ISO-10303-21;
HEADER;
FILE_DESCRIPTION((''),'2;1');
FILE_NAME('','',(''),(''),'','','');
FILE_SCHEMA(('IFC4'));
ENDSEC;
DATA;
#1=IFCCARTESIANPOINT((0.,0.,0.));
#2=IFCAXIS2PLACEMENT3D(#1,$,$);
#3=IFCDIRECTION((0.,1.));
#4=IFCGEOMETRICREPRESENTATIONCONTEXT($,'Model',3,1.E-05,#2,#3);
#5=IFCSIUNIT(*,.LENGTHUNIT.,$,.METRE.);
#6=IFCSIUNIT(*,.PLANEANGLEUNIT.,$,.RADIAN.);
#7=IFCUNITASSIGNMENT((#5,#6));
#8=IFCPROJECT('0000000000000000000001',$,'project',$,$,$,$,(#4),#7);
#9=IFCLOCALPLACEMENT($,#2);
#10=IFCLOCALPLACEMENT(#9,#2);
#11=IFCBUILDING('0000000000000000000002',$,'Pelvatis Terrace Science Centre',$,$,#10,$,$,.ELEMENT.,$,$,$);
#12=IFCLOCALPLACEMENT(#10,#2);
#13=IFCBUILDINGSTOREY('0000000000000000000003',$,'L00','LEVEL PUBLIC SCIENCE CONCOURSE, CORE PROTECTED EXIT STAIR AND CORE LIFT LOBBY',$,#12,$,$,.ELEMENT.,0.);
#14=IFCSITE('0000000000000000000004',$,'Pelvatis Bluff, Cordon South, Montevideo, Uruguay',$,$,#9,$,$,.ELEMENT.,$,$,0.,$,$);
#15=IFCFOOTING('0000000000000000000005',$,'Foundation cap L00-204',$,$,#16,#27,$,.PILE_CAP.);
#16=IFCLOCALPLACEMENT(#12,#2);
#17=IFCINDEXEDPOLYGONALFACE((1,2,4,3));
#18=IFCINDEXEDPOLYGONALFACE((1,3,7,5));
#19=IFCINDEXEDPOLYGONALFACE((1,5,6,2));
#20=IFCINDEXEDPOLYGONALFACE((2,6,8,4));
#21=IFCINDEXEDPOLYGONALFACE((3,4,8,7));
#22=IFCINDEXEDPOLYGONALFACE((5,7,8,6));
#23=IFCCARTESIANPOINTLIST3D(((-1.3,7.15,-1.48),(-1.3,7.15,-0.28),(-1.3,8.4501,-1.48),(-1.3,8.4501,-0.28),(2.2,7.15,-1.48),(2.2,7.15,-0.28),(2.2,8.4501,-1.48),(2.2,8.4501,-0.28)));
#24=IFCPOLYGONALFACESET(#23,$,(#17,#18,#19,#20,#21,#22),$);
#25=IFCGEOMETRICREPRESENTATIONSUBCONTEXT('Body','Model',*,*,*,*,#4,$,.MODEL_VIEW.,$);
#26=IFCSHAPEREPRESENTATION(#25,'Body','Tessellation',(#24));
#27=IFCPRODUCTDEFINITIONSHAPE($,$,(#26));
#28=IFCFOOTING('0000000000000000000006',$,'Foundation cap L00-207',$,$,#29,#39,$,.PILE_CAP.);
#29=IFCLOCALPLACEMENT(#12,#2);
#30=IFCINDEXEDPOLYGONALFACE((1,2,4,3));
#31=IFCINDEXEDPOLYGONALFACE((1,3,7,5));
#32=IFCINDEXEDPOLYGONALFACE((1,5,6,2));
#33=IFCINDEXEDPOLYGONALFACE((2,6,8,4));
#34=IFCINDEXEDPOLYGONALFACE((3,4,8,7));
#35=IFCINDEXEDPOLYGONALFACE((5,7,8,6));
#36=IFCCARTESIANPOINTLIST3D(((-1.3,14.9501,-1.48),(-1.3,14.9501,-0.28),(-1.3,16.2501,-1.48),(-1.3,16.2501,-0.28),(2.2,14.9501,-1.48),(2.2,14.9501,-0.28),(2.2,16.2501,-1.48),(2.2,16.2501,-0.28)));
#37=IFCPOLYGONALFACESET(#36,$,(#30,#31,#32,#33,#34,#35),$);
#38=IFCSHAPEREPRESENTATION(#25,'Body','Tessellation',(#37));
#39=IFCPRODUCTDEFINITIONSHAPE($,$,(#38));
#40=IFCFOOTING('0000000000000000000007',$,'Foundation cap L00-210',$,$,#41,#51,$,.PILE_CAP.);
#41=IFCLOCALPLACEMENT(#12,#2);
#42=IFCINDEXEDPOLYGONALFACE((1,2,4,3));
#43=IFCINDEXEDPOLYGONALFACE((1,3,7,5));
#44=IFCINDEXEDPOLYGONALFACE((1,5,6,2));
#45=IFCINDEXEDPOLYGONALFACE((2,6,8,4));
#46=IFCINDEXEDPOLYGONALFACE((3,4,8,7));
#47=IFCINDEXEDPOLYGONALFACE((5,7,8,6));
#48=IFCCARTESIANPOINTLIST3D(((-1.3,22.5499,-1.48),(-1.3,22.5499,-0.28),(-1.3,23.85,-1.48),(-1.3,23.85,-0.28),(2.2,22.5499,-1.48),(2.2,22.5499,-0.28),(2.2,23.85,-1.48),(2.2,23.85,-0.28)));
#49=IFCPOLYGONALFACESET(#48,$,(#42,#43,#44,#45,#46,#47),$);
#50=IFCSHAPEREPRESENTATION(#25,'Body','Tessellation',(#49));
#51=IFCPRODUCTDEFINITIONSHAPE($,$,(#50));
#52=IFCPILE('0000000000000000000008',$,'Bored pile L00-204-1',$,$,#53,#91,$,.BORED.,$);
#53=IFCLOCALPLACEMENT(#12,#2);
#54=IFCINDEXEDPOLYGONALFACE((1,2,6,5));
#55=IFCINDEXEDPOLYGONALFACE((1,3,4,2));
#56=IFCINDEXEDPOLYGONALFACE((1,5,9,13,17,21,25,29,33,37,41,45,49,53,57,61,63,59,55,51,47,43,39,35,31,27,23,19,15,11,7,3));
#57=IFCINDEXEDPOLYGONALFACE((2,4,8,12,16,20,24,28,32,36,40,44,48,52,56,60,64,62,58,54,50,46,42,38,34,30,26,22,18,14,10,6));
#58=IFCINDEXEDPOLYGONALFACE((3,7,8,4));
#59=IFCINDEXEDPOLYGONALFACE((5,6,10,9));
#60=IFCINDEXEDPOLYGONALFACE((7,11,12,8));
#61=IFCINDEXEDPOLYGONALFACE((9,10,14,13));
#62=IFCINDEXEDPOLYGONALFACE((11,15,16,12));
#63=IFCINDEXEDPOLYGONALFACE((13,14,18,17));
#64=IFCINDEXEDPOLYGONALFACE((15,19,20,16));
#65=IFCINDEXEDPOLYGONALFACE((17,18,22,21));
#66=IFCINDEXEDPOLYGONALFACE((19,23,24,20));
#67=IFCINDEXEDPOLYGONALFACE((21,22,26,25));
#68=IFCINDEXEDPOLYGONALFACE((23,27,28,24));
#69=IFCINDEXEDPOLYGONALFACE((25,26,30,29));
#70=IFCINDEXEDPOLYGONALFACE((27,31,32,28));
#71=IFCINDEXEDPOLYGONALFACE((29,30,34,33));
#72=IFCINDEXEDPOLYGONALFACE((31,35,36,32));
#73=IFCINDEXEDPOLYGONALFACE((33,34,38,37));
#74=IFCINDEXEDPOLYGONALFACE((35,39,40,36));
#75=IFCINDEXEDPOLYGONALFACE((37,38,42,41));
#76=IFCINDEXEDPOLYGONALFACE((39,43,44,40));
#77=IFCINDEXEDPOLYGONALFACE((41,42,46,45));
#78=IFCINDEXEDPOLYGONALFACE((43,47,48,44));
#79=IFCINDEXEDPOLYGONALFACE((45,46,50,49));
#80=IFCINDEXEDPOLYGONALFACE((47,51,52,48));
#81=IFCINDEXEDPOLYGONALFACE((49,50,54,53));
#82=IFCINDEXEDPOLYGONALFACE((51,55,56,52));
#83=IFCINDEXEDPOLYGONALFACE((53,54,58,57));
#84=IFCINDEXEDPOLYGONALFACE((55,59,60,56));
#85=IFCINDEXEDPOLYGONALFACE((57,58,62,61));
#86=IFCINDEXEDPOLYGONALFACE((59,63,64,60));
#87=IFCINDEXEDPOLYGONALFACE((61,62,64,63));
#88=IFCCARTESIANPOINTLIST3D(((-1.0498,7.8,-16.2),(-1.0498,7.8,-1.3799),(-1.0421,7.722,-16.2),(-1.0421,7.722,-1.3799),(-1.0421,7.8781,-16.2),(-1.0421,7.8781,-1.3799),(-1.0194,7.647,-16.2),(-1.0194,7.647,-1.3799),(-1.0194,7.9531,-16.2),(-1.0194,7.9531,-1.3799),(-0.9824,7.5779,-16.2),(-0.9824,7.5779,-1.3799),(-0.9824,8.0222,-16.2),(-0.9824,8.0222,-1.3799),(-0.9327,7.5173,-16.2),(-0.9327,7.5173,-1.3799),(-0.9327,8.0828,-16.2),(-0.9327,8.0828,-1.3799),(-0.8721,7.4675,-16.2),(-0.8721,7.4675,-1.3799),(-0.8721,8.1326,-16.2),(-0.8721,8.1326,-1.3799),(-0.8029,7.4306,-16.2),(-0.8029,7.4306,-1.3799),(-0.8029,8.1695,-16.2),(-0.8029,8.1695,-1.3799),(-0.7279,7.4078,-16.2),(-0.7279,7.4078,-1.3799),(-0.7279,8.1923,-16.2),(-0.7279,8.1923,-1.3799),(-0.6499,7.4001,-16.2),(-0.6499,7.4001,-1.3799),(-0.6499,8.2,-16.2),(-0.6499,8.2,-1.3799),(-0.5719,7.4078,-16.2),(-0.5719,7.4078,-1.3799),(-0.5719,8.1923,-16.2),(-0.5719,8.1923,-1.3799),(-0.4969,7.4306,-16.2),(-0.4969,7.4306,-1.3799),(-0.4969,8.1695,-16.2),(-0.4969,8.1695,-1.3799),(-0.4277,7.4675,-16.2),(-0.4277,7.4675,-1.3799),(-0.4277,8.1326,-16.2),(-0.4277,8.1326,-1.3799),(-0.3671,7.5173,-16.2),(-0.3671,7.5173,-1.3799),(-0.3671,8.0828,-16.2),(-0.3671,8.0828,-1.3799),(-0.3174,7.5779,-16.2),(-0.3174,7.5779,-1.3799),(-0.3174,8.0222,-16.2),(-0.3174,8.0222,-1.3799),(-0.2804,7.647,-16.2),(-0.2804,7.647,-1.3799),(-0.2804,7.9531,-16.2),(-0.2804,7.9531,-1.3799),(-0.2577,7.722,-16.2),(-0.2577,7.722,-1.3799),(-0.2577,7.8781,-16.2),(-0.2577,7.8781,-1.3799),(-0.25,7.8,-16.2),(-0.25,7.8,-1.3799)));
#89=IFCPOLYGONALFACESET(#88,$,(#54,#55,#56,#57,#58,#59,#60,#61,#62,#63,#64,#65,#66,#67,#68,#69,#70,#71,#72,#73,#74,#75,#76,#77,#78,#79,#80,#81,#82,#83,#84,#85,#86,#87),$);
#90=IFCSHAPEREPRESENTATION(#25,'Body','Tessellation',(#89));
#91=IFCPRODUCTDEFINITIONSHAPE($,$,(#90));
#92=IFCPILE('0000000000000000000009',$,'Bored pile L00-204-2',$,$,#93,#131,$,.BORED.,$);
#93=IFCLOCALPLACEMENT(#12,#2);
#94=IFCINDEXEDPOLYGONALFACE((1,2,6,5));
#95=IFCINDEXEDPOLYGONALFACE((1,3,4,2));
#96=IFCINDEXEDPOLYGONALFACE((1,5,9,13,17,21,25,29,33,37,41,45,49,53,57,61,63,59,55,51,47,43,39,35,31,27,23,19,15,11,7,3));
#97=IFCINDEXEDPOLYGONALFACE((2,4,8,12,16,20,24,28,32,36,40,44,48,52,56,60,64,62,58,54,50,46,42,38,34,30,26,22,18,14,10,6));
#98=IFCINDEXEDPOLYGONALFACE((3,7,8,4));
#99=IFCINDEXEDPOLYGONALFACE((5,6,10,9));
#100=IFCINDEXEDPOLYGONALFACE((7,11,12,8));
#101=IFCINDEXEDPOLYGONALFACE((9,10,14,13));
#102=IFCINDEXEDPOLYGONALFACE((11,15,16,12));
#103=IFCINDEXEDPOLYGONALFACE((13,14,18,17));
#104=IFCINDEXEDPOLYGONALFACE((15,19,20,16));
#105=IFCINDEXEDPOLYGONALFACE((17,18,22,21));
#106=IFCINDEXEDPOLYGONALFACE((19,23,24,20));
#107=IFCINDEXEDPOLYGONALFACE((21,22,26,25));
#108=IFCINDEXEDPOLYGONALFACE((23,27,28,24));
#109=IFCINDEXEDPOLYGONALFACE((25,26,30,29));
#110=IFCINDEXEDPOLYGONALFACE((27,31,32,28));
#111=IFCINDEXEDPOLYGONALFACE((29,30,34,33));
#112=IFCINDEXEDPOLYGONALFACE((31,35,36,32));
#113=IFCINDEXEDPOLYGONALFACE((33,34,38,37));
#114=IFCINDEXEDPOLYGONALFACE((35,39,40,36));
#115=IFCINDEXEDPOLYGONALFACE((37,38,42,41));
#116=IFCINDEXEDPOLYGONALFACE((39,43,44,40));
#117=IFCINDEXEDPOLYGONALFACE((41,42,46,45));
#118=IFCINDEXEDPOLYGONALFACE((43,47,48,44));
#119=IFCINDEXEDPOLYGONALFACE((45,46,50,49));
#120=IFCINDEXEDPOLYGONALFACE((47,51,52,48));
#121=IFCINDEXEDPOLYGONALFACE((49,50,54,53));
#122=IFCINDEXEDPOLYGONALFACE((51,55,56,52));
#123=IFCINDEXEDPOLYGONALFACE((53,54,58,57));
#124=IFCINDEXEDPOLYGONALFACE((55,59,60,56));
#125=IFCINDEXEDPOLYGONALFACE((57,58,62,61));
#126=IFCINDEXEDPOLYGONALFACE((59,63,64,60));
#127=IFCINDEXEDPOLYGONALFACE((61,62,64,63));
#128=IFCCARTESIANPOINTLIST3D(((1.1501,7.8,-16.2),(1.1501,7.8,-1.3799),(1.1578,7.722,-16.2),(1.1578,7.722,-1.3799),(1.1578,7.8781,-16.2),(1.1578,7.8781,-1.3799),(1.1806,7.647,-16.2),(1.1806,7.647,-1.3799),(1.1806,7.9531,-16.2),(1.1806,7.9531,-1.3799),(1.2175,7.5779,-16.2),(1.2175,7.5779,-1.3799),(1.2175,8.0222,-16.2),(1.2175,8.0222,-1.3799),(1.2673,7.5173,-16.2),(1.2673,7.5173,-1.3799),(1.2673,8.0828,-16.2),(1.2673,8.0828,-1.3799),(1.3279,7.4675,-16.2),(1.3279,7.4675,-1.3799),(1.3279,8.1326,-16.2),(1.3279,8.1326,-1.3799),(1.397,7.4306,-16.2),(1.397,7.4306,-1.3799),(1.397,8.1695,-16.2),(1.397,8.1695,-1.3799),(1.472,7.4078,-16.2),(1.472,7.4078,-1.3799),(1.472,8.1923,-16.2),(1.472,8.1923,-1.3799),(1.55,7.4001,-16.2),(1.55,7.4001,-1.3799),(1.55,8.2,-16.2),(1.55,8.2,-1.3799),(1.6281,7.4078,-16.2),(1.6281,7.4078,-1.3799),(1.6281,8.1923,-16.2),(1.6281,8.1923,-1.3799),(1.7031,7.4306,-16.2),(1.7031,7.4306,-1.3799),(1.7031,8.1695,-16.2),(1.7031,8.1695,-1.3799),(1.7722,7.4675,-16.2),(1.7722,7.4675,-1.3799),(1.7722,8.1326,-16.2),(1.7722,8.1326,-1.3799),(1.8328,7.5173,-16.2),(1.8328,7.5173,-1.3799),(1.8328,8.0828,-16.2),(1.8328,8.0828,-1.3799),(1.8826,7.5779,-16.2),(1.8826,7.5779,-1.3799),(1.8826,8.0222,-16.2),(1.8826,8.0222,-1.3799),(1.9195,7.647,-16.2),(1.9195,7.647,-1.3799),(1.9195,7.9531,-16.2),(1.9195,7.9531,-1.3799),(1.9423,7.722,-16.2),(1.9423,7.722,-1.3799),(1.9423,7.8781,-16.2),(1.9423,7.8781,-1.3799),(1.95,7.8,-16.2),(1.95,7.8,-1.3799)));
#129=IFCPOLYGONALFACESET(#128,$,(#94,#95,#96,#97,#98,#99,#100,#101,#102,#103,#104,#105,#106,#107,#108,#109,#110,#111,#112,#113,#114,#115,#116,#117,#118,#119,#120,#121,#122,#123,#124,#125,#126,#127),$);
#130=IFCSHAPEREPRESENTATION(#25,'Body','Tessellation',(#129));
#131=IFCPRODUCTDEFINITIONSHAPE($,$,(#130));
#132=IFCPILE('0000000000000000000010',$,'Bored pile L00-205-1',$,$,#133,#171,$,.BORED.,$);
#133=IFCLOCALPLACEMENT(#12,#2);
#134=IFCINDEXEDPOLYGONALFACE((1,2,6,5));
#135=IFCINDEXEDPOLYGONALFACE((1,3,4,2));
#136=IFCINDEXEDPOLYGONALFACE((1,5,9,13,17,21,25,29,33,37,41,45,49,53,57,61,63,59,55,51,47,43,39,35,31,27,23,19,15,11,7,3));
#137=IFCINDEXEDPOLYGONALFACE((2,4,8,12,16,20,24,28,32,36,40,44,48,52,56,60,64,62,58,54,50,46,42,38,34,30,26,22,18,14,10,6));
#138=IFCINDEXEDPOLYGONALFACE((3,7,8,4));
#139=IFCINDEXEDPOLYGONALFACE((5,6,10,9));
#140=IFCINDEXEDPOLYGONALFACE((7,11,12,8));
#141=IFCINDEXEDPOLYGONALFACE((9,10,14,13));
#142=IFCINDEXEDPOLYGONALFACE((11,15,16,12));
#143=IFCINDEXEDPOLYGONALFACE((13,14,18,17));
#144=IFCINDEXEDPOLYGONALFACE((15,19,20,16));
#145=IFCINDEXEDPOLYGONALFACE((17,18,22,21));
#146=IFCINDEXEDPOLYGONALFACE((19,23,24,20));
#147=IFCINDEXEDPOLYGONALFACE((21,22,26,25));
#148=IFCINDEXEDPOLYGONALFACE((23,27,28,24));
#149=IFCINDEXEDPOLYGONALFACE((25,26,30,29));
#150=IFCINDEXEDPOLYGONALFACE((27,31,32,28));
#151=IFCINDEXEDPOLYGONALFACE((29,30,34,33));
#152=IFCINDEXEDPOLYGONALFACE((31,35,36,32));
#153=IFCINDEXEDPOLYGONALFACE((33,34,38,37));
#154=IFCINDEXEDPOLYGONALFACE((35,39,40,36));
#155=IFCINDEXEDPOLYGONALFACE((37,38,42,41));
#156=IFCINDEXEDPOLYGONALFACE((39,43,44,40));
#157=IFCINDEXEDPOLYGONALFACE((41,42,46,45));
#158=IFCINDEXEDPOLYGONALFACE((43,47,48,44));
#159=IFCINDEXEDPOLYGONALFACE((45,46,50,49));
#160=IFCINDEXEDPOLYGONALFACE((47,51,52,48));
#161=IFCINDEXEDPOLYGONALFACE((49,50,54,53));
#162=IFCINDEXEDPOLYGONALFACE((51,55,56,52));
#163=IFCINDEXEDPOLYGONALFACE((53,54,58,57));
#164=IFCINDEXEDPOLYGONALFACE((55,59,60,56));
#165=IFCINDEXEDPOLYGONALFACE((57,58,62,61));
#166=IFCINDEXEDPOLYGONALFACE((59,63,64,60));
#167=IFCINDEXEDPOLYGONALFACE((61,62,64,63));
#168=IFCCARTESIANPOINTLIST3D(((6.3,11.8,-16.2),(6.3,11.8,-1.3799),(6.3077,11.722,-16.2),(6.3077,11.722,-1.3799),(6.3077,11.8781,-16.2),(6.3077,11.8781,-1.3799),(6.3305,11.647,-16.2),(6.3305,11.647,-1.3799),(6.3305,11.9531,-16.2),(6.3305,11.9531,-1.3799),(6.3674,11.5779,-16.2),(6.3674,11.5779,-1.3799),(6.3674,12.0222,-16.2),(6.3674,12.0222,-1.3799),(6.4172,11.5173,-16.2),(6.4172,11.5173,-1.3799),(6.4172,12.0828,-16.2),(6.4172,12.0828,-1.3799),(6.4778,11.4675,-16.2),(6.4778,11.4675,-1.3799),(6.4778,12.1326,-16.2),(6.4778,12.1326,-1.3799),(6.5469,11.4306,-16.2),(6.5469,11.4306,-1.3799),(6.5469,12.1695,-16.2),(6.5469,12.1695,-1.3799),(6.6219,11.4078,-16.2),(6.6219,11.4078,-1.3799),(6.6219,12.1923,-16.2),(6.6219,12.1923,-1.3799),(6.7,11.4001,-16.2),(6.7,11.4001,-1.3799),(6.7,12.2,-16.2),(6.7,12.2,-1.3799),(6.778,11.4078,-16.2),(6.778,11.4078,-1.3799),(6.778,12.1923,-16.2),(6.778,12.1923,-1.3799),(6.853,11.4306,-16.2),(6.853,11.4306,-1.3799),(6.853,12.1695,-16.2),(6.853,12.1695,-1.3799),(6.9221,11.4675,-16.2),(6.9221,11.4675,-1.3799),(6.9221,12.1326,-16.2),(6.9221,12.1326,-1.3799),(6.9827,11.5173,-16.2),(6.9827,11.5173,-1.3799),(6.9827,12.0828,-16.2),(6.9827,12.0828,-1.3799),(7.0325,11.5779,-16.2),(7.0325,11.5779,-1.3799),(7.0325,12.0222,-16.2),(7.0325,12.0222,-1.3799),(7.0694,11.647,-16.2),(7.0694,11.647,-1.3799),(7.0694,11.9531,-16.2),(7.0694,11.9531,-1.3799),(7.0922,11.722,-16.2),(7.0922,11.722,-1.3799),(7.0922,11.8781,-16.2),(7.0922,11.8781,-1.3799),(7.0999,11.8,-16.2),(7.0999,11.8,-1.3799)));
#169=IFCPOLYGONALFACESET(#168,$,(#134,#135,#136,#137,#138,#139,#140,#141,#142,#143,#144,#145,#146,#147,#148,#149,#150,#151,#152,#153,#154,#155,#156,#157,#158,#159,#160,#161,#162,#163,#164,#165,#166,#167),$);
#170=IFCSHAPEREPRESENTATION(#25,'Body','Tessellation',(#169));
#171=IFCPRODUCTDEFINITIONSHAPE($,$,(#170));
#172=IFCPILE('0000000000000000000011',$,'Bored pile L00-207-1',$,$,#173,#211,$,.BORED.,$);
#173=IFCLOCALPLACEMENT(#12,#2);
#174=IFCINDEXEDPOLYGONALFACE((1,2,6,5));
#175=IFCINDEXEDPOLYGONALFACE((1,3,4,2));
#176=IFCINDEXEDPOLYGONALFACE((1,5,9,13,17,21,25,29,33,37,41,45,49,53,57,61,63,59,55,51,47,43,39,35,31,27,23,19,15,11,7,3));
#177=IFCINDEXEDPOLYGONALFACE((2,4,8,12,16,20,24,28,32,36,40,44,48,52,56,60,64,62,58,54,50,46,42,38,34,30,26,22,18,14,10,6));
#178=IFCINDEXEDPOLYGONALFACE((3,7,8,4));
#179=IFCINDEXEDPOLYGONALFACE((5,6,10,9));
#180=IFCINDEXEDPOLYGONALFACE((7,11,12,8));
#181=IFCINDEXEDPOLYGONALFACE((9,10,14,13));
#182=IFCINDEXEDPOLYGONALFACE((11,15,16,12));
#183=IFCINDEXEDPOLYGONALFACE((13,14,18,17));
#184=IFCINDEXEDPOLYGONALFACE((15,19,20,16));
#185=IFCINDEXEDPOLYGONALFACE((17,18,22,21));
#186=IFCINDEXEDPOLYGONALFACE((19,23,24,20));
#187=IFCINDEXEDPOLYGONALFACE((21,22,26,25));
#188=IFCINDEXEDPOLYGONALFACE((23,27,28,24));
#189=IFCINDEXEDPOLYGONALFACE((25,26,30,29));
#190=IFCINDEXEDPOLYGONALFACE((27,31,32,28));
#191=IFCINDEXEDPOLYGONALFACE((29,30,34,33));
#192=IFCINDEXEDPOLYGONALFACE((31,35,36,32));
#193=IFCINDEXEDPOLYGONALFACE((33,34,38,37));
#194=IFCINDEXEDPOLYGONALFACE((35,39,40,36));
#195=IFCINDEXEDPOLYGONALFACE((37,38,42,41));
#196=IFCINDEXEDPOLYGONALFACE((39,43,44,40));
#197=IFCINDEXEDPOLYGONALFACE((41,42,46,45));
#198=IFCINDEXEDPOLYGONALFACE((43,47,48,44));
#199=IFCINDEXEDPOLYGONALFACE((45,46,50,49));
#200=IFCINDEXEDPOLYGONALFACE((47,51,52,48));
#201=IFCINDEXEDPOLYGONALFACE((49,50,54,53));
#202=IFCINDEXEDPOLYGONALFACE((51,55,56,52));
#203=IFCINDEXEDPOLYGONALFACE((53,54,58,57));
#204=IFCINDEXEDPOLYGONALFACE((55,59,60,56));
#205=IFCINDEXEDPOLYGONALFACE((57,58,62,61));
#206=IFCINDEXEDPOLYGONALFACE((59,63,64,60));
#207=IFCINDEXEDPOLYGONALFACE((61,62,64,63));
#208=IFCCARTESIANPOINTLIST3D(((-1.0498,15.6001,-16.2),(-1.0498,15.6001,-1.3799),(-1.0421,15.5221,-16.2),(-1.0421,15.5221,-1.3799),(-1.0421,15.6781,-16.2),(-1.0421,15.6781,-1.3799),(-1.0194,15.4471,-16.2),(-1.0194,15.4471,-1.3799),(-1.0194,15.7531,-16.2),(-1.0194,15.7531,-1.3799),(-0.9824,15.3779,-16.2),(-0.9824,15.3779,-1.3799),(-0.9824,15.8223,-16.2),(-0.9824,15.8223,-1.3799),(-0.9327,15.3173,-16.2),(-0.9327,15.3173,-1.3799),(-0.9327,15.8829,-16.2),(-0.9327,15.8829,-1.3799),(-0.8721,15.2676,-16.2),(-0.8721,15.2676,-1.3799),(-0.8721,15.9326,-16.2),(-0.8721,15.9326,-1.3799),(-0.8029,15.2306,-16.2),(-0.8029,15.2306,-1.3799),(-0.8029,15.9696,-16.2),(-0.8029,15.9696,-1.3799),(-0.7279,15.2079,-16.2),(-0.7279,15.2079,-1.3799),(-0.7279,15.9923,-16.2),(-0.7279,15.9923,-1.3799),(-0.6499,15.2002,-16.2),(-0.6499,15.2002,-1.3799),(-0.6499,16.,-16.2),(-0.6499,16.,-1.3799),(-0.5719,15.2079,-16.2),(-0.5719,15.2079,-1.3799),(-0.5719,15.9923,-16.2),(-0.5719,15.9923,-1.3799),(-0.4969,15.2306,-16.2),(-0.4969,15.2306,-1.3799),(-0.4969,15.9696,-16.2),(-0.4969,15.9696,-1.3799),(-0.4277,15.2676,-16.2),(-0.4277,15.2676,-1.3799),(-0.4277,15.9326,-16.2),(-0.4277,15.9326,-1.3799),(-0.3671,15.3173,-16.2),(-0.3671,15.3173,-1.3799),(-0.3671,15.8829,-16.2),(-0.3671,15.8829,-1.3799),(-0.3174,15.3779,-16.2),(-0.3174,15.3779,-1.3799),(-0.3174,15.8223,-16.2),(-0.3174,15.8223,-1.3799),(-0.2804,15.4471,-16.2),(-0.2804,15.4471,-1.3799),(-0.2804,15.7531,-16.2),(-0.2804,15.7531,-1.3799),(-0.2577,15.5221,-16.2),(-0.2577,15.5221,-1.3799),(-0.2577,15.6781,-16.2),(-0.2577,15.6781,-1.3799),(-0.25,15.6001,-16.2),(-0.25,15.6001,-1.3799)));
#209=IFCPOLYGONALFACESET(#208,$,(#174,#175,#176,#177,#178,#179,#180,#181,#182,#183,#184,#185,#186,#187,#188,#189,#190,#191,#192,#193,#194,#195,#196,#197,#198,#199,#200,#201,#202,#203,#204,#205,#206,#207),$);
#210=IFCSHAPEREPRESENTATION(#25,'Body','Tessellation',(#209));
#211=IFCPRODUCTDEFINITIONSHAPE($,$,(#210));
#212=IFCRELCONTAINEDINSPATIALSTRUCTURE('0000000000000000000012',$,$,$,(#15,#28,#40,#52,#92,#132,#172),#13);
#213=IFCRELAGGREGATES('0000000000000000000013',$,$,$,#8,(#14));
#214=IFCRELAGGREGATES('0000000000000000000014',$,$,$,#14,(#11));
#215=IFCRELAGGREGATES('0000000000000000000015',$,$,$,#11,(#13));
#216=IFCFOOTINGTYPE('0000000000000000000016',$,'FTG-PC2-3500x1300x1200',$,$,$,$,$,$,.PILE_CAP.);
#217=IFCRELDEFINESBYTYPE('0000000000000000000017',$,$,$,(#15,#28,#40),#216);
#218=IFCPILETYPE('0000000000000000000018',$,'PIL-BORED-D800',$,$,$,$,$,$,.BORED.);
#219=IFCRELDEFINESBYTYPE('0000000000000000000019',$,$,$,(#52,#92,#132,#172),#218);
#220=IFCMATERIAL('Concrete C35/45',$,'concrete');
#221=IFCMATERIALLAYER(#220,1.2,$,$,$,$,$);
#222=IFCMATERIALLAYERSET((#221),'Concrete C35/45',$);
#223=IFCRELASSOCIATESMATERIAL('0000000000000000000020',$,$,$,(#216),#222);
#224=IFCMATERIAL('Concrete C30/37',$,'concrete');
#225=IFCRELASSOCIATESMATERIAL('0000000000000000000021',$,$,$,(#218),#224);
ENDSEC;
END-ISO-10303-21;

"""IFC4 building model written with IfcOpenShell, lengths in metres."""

from ifc_helpers import new_model, si_unit, direction, frame, origin, origin_2d, place, context, subcontext, project, spatial, rectangle, circle, extrude, material, layer, layer_set, material_profile, profile_set, type_object, element, save


model = new_model("IFC4")

# Units and contexts
model_context = context("Model", 3, precision=1e-05, world=origin(), true_north=direction((0.0, 1.0)))
body_context = subcontext(model_context, "Body", "Model", "MODEL_VIEW")
ifc_project = project(units=[si_unit("LENGTHUNIT", "METRE"), si_unit("PLANEANGLEUNIT", "RADIAN")], contexts=[model_context])

# Site, building, storey
site_placement = place(None, origin())
site = spatial("IfcSite", under=ifc_project, at=site_placement, Name="Pelvatis Bluff, Cordon South, Montevideo, Uruguay", CompositionType="ELEMENT", RefElevation=0.0)
building_placement = place(site_placement, origin())
building = spatial("IfcBuilding", under=site, at=building_placement, Name="Pelvatis Terrace Science Centre", CompositionType="ELEMENT")
storey_placement = place(building_placement, origin())
storey = spatial("IfcBuildingStorey", under=building, at=storey_placement, Name="L00", Description="LEVEL PUBLIC SCIENCE CONCOURSE, CORE PROTECTED EXIT STAIR AND CORE LIFT LOBBY", CompositionType="ELEMENT", Elevation=0.0)

# Footings
ifc_material_1 = material(Name="Concrete C35/45", Category="concrete")
ifc_layer_1 = layer(ifc_material_1, 1.2)
ifc_layer_set_1 = layer_set([ifc_layer_1], Name="Concrete C35/45")
footing_type = type_object("IfcFootingType", Name="FTG-PC2-3500x1300x1200", PredefinedType="PILE_CAP", material=ifc_layer_set_1)
for number, where, z_axis, x_axis, name in (
    (1, (0.45, 7.8, -1.48), (0.0, 0.0, 1.0), (1.0, 0.0, 0.0), "Foundation cap L00-204"),
    (2, (0.45, 15.6001, -1.48), (0.0, 0.0, 1.0), (1.0, 0.0, 0.0), "Foundation cap L00-207"),
    (3, (0.45, 23.2, -1.48), (0.0, 0.0, 1.0), (1.0, 0.0, 0.0), "Foundation cap L00-210"),
):
    element("IfcFooting", number, at=place(storey_placement, frame(where, z_axis=z_axis, x_axis=x_axis)), inside=storey, type_object=footing_type, Name=name, PredefinedType="PILE_CAP", context=body_context, shape_type="SweptSolid", body=[
        extrude(rectangle(XDim=3.5, YDim=1.3, at=origin_2d()), origin(), (0.0, 0.0, 1.0), 1.2),
    ])

# Piles
ifc_material_2 = material(Name="Concrete C30/37", Category="concrete")
ifc_material_profile_1 = material_profile(ifc_material_2, circle(Radius=0.3999, at=origin_2d()), Name="PILE D800")
ifc_profile_set_1 = profile_set([ifc_material_profile_1], Name="Concrete C30/37")
pile_type = type_object("IfcPileType", Name="PIL-BORED-D800", PredefinedType="BORED", material=ifc_profile_set_1)
for number, where, z_axis, x_axis, name in (
    (4, (-0.6499, 7.8, -1.3799), (0.0, 0.0, -1.0), (1.0, 0.0, 0.0), "Bored pile L00-204-1"),
    (5, (1.55, 7.8, -1.3799), (0.0, 0.0, -1.0), (1.0, 0.0, 0.0), "Bored pile L00-204-2"),
    (6, (6.7, 11.8, -1.3799), (0.0, 0.0, -1.0), (1.0, 0.0, 0.0), "Bored pile L00-205-1"),
    (7, (-0.6499, 15.6001, -1.3799), (0.0, 0.0, -1.0), (1.0, 0.0, 0.0), "Bored pile L00-207-1"),
):
    element("IfcPile", number, at=place(storey_placement, frame(where, z_axis=z_axis, x_axis=x_axis)), inside=storey, type_object=pile_type, Name=name, PredefinedType="BORED", context=body_context, shape_type="SweptSolid", body=[
        extrude(circle(Radius=0.3999, at=origin_2d()), origin(), (0.0, 0.0, 1.0), 14.8201),
    ])

save(model, "model.ifc")
